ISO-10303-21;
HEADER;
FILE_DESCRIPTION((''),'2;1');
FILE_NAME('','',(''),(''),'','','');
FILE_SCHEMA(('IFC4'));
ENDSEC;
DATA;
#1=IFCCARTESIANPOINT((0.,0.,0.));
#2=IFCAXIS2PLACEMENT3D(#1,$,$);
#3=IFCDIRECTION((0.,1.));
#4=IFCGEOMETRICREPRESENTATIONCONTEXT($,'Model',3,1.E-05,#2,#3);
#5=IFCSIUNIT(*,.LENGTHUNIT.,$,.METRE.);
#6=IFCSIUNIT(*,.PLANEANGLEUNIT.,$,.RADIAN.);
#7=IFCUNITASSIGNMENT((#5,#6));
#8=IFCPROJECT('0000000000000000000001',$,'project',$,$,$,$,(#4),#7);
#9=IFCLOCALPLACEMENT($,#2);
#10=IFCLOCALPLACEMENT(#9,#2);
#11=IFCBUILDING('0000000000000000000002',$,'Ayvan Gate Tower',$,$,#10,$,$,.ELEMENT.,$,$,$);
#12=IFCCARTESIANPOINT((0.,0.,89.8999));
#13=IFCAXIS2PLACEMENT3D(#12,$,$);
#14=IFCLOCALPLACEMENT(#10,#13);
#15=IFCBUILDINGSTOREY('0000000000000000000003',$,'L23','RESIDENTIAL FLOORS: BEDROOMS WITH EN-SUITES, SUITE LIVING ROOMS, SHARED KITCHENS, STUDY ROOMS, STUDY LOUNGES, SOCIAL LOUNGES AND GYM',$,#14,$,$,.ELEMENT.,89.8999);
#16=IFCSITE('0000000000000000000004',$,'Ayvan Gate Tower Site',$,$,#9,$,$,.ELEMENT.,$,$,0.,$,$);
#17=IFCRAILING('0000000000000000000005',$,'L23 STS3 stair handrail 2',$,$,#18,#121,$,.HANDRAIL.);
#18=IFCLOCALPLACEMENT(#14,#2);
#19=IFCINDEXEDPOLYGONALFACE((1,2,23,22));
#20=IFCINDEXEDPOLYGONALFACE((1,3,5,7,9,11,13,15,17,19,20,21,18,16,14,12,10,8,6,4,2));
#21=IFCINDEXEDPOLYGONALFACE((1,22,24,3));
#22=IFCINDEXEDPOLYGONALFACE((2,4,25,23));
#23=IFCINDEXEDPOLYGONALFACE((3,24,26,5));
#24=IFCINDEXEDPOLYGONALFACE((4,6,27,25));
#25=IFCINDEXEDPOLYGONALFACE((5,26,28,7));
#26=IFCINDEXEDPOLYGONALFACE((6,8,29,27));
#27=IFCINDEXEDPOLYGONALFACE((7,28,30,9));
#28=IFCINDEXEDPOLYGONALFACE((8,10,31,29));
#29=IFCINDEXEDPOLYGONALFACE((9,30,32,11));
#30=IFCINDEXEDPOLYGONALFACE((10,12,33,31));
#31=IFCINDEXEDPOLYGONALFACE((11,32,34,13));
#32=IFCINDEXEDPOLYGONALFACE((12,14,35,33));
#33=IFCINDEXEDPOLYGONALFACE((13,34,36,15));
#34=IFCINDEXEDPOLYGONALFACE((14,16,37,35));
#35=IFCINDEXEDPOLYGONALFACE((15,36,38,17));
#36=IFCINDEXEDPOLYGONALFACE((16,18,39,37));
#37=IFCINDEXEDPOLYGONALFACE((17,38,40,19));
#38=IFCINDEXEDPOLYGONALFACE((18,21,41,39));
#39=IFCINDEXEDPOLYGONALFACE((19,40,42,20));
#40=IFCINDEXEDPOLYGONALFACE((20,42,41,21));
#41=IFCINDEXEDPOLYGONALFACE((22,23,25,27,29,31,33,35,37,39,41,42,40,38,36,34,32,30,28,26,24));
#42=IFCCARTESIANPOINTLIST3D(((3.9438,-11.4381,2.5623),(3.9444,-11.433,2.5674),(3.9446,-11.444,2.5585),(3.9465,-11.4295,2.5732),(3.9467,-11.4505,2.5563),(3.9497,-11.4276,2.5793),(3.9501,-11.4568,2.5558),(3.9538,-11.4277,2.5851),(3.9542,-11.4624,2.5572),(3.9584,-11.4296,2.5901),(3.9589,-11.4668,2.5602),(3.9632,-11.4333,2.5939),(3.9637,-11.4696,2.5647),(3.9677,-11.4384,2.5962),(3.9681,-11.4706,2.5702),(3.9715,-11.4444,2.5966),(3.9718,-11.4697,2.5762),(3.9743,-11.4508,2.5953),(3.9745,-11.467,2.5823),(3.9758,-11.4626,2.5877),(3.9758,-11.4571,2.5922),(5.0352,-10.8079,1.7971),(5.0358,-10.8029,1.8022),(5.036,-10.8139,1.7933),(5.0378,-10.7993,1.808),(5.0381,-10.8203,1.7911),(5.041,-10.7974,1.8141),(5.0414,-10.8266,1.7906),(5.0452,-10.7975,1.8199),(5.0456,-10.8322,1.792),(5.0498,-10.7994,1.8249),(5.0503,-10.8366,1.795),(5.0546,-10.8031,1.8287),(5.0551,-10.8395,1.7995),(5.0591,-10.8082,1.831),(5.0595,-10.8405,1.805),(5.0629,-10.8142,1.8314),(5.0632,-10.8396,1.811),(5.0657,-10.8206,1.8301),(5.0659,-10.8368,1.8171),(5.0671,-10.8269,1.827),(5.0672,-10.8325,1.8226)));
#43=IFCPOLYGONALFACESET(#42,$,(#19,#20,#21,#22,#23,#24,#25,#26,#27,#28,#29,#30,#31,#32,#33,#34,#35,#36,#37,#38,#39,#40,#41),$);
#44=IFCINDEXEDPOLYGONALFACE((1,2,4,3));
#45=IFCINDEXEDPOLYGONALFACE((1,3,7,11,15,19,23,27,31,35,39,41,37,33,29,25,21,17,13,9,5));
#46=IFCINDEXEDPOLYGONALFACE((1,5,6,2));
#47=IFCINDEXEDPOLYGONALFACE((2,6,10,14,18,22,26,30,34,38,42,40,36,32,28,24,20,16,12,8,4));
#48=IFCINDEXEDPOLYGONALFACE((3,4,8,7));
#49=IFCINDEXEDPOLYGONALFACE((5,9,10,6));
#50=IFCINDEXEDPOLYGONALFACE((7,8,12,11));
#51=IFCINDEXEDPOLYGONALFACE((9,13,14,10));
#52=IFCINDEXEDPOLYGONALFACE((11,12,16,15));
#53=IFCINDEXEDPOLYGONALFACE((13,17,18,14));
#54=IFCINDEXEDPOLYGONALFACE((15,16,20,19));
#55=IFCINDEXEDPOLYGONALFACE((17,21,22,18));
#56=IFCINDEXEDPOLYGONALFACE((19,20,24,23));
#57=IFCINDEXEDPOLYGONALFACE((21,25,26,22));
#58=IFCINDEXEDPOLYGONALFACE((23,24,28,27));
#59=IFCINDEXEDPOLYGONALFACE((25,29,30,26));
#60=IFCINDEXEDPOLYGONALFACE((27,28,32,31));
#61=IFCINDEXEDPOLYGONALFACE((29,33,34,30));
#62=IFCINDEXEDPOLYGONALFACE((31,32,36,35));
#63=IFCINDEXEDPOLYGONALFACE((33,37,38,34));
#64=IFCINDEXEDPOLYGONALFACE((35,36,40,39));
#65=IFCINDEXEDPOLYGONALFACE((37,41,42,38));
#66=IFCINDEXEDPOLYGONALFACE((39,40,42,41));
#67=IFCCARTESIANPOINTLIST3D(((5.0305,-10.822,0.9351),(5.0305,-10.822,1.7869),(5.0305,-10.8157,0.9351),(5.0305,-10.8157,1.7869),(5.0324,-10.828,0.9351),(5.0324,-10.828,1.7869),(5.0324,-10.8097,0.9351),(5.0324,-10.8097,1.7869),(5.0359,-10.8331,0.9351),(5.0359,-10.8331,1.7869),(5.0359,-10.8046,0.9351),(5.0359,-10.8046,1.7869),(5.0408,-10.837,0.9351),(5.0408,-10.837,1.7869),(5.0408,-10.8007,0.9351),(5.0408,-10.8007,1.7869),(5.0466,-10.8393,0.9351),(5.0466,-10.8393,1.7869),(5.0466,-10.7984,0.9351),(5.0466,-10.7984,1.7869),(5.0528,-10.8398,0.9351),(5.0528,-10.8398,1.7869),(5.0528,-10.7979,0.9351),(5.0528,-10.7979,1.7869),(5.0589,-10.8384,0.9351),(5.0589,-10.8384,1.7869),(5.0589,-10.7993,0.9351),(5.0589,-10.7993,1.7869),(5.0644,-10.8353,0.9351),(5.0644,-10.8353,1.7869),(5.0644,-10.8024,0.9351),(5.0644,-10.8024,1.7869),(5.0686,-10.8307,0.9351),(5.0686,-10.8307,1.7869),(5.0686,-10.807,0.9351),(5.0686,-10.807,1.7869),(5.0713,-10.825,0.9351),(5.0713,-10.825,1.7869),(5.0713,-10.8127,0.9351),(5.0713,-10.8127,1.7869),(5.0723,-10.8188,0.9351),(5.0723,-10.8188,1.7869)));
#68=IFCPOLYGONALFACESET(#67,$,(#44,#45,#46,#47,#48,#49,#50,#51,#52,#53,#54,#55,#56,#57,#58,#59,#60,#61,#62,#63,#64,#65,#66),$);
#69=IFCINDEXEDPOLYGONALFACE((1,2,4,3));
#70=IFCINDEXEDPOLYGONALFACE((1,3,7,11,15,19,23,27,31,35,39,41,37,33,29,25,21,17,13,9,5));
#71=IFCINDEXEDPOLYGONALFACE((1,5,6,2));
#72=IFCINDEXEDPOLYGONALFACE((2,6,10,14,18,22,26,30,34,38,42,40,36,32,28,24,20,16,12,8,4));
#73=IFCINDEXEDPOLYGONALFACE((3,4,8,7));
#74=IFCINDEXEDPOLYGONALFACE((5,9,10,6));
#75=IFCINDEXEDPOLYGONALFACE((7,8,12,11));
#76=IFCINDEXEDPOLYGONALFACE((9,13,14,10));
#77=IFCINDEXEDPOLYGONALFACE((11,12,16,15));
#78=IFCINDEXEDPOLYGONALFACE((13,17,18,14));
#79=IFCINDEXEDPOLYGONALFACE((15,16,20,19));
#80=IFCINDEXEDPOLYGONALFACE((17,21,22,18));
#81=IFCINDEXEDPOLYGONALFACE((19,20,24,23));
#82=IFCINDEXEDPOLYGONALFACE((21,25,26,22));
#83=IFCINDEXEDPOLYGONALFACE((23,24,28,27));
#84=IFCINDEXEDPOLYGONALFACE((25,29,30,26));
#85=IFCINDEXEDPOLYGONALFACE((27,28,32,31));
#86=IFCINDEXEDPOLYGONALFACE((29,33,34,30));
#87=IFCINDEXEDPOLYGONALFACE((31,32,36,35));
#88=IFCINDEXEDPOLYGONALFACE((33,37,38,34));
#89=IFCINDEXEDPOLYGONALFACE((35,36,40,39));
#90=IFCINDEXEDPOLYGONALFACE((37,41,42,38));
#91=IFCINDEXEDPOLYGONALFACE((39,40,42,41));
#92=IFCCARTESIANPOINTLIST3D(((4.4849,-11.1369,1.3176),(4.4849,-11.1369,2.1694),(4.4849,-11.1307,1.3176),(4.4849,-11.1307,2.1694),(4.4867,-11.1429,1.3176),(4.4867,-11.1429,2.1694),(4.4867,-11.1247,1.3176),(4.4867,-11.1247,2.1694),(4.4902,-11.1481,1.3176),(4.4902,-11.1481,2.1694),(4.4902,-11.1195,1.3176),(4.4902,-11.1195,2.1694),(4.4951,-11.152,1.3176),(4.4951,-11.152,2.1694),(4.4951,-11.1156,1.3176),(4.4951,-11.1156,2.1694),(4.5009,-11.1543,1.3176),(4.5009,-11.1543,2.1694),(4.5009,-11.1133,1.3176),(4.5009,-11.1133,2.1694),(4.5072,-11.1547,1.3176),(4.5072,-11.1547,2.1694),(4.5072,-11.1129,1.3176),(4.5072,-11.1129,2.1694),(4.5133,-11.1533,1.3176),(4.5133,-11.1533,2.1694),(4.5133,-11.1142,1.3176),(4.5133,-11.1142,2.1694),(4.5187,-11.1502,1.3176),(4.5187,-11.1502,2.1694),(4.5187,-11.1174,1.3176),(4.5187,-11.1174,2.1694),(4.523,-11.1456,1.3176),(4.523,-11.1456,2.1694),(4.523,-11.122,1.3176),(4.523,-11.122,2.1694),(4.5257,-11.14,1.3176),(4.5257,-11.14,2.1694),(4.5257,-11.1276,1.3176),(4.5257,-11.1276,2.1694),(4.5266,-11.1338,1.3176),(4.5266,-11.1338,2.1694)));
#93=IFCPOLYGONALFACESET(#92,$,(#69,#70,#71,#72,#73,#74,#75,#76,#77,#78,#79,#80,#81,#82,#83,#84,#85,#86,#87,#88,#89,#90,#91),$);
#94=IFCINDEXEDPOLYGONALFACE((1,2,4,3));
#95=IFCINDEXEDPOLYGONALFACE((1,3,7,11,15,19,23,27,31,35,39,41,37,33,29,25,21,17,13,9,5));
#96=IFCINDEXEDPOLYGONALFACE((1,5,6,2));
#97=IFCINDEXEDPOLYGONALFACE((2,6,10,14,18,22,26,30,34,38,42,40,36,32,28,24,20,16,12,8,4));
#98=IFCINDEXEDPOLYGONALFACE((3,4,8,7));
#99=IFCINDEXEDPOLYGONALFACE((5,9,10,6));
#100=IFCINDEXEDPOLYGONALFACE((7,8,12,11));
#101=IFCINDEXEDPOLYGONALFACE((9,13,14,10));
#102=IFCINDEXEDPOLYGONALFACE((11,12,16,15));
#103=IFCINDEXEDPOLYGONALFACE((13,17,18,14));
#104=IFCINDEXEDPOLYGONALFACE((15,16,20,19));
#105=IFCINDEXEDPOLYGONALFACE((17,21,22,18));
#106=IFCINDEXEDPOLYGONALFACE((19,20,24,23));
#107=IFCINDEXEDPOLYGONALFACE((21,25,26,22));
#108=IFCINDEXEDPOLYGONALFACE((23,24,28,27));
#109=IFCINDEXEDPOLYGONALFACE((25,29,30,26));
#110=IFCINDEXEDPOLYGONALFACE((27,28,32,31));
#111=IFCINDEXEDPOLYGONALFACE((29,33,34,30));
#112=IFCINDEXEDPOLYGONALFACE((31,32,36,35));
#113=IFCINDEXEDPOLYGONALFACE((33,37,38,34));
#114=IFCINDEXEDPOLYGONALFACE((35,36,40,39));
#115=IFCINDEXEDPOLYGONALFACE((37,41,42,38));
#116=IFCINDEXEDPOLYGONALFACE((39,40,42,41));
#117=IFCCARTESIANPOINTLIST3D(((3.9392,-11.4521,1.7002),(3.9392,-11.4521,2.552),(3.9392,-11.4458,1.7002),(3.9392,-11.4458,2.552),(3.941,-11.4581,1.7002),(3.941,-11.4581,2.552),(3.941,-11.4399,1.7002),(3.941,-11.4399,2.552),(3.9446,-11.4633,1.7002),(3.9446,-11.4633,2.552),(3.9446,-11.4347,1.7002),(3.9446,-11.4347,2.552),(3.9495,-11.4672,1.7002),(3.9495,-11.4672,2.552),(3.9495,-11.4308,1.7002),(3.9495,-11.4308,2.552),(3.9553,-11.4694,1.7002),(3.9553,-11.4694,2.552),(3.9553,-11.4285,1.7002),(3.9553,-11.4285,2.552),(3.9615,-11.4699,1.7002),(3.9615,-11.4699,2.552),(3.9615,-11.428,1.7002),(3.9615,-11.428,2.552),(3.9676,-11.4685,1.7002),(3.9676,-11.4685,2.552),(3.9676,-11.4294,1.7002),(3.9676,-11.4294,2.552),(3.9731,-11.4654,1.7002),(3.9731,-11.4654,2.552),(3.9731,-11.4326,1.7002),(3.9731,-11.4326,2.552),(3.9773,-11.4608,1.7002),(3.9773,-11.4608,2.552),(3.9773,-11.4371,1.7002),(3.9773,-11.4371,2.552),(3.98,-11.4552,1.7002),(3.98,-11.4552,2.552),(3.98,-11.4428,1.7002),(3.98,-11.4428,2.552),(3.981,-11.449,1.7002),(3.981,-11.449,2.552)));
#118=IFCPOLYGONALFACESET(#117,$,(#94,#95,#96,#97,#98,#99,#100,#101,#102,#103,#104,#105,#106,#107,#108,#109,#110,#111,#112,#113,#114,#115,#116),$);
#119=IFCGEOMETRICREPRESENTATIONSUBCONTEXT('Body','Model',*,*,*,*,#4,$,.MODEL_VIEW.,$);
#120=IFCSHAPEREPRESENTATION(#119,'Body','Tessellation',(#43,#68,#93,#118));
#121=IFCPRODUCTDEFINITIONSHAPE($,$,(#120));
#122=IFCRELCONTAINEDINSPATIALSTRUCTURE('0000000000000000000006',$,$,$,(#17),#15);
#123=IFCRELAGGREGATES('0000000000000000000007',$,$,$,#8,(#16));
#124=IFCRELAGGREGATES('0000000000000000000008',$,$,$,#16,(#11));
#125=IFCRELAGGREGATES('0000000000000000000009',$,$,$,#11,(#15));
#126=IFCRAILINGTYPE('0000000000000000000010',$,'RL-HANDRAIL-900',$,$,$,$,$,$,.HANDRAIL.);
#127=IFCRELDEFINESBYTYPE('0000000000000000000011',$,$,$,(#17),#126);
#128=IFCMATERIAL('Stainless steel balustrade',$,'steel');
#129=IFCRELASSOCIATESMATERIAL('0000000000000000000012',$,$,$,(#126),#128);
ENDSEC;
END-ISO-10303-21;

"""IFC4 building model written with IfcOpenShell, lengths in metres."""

from ifc_helpers import new_model, si_unit, direction, frame, origin, origin_2d, place, context, subcontext, project, spatial, circle, extrude, material, type_object, element, save


model = new_model("IFC4")

# Units and contexts
model_context = context("Model", 3, precision=1e-05, world=origin(), true_north=direction((0.0, 1.0)))
body_context = subcontext(model_context, "Body", "Model", "MODEL_VIEW")
ifc_project = project(units=[si_unit("LENGTHUNIT", "METRE"), si_unit("PLANEANGLEUNIT", "RADIAN")], contexts=[model_context])

# Site, building, storey
site_placement = place(None, origin())
site = spatial("IfcSite", under=ifc_project, at=site_placement, Name="Ayvan Gate Tower Site", CompositionType="ELEMENT", RefElevation=0.0)
building_placement = place(site_placement, origin())
building = spatial("IfcBuilding", under=site, at=building_placement, Name="Ayvan Gate Tower", CompositionType="ELEMENT")
storey_placement = place(building_placement, frame((0.0, 0.0, 89.8999)))
storey = spatial("IfcBuildingStorey", under=building, at=storey_placement, Name="L23", Description="RESIDENTIAL FLOORS: BEDROOMS WITH EN-SUITES, SUITE LIVING ROOMS, SHARED KITCHENS, STUDY ROOMS, STUDY LOUNGES, SOCIAL LOUNGES AND GYM", CompositionType="ELEMENT", Elevation=89.8999)

# Railing
ifc_material_1 = material(Name="Stainless steel balustrade", Category="steel")
railing_type_1 = type_object("IfcRailingType", Name="RL-HANDRAIL-900", PredefinedType="HANDRAIL", material=ifc_material_1)
railing_1_placement = place(storey_placement, frame((5.0513, -10.8188, 0.9351)))
element("IfcRailing", 1, at=railing_1_placement, inside=storey, type_object=railing_type_1, Name="L23 STS3 stair handrail 2", PredefinedType="HANDRAIL", context=body_context, shape_type="SweptSolid", body=[
    extrude(circle(Radius=0.0239, at=origin_2d()), frame((0.0, 0.0, 0.876), z_axis=(-0.740241, -0.427419, 0.518996), x_axis=(0.500035, -0.866005, 0.0)), (0.0, 0.0, 1.0), 1.4744),
    extrude(circle(Radius=0.021, at=origin_2d()), origin(), (0.0, 0.0, 1.0), 0.8518),
    extrude(circle(Radius=0.021, at=origin_2d()), frame((-0.5457, -0.3149, 0.3826)), (0.0, 0.0, 1.0), 0.8518),
    extrude(circle(Radius=0.021, at=origin_2d()), frame((-1.0913, -0.6301, 0.7651)), (0.0, 0.0, 1.0), 0.8518),
])

save(model, "model.ifc")
